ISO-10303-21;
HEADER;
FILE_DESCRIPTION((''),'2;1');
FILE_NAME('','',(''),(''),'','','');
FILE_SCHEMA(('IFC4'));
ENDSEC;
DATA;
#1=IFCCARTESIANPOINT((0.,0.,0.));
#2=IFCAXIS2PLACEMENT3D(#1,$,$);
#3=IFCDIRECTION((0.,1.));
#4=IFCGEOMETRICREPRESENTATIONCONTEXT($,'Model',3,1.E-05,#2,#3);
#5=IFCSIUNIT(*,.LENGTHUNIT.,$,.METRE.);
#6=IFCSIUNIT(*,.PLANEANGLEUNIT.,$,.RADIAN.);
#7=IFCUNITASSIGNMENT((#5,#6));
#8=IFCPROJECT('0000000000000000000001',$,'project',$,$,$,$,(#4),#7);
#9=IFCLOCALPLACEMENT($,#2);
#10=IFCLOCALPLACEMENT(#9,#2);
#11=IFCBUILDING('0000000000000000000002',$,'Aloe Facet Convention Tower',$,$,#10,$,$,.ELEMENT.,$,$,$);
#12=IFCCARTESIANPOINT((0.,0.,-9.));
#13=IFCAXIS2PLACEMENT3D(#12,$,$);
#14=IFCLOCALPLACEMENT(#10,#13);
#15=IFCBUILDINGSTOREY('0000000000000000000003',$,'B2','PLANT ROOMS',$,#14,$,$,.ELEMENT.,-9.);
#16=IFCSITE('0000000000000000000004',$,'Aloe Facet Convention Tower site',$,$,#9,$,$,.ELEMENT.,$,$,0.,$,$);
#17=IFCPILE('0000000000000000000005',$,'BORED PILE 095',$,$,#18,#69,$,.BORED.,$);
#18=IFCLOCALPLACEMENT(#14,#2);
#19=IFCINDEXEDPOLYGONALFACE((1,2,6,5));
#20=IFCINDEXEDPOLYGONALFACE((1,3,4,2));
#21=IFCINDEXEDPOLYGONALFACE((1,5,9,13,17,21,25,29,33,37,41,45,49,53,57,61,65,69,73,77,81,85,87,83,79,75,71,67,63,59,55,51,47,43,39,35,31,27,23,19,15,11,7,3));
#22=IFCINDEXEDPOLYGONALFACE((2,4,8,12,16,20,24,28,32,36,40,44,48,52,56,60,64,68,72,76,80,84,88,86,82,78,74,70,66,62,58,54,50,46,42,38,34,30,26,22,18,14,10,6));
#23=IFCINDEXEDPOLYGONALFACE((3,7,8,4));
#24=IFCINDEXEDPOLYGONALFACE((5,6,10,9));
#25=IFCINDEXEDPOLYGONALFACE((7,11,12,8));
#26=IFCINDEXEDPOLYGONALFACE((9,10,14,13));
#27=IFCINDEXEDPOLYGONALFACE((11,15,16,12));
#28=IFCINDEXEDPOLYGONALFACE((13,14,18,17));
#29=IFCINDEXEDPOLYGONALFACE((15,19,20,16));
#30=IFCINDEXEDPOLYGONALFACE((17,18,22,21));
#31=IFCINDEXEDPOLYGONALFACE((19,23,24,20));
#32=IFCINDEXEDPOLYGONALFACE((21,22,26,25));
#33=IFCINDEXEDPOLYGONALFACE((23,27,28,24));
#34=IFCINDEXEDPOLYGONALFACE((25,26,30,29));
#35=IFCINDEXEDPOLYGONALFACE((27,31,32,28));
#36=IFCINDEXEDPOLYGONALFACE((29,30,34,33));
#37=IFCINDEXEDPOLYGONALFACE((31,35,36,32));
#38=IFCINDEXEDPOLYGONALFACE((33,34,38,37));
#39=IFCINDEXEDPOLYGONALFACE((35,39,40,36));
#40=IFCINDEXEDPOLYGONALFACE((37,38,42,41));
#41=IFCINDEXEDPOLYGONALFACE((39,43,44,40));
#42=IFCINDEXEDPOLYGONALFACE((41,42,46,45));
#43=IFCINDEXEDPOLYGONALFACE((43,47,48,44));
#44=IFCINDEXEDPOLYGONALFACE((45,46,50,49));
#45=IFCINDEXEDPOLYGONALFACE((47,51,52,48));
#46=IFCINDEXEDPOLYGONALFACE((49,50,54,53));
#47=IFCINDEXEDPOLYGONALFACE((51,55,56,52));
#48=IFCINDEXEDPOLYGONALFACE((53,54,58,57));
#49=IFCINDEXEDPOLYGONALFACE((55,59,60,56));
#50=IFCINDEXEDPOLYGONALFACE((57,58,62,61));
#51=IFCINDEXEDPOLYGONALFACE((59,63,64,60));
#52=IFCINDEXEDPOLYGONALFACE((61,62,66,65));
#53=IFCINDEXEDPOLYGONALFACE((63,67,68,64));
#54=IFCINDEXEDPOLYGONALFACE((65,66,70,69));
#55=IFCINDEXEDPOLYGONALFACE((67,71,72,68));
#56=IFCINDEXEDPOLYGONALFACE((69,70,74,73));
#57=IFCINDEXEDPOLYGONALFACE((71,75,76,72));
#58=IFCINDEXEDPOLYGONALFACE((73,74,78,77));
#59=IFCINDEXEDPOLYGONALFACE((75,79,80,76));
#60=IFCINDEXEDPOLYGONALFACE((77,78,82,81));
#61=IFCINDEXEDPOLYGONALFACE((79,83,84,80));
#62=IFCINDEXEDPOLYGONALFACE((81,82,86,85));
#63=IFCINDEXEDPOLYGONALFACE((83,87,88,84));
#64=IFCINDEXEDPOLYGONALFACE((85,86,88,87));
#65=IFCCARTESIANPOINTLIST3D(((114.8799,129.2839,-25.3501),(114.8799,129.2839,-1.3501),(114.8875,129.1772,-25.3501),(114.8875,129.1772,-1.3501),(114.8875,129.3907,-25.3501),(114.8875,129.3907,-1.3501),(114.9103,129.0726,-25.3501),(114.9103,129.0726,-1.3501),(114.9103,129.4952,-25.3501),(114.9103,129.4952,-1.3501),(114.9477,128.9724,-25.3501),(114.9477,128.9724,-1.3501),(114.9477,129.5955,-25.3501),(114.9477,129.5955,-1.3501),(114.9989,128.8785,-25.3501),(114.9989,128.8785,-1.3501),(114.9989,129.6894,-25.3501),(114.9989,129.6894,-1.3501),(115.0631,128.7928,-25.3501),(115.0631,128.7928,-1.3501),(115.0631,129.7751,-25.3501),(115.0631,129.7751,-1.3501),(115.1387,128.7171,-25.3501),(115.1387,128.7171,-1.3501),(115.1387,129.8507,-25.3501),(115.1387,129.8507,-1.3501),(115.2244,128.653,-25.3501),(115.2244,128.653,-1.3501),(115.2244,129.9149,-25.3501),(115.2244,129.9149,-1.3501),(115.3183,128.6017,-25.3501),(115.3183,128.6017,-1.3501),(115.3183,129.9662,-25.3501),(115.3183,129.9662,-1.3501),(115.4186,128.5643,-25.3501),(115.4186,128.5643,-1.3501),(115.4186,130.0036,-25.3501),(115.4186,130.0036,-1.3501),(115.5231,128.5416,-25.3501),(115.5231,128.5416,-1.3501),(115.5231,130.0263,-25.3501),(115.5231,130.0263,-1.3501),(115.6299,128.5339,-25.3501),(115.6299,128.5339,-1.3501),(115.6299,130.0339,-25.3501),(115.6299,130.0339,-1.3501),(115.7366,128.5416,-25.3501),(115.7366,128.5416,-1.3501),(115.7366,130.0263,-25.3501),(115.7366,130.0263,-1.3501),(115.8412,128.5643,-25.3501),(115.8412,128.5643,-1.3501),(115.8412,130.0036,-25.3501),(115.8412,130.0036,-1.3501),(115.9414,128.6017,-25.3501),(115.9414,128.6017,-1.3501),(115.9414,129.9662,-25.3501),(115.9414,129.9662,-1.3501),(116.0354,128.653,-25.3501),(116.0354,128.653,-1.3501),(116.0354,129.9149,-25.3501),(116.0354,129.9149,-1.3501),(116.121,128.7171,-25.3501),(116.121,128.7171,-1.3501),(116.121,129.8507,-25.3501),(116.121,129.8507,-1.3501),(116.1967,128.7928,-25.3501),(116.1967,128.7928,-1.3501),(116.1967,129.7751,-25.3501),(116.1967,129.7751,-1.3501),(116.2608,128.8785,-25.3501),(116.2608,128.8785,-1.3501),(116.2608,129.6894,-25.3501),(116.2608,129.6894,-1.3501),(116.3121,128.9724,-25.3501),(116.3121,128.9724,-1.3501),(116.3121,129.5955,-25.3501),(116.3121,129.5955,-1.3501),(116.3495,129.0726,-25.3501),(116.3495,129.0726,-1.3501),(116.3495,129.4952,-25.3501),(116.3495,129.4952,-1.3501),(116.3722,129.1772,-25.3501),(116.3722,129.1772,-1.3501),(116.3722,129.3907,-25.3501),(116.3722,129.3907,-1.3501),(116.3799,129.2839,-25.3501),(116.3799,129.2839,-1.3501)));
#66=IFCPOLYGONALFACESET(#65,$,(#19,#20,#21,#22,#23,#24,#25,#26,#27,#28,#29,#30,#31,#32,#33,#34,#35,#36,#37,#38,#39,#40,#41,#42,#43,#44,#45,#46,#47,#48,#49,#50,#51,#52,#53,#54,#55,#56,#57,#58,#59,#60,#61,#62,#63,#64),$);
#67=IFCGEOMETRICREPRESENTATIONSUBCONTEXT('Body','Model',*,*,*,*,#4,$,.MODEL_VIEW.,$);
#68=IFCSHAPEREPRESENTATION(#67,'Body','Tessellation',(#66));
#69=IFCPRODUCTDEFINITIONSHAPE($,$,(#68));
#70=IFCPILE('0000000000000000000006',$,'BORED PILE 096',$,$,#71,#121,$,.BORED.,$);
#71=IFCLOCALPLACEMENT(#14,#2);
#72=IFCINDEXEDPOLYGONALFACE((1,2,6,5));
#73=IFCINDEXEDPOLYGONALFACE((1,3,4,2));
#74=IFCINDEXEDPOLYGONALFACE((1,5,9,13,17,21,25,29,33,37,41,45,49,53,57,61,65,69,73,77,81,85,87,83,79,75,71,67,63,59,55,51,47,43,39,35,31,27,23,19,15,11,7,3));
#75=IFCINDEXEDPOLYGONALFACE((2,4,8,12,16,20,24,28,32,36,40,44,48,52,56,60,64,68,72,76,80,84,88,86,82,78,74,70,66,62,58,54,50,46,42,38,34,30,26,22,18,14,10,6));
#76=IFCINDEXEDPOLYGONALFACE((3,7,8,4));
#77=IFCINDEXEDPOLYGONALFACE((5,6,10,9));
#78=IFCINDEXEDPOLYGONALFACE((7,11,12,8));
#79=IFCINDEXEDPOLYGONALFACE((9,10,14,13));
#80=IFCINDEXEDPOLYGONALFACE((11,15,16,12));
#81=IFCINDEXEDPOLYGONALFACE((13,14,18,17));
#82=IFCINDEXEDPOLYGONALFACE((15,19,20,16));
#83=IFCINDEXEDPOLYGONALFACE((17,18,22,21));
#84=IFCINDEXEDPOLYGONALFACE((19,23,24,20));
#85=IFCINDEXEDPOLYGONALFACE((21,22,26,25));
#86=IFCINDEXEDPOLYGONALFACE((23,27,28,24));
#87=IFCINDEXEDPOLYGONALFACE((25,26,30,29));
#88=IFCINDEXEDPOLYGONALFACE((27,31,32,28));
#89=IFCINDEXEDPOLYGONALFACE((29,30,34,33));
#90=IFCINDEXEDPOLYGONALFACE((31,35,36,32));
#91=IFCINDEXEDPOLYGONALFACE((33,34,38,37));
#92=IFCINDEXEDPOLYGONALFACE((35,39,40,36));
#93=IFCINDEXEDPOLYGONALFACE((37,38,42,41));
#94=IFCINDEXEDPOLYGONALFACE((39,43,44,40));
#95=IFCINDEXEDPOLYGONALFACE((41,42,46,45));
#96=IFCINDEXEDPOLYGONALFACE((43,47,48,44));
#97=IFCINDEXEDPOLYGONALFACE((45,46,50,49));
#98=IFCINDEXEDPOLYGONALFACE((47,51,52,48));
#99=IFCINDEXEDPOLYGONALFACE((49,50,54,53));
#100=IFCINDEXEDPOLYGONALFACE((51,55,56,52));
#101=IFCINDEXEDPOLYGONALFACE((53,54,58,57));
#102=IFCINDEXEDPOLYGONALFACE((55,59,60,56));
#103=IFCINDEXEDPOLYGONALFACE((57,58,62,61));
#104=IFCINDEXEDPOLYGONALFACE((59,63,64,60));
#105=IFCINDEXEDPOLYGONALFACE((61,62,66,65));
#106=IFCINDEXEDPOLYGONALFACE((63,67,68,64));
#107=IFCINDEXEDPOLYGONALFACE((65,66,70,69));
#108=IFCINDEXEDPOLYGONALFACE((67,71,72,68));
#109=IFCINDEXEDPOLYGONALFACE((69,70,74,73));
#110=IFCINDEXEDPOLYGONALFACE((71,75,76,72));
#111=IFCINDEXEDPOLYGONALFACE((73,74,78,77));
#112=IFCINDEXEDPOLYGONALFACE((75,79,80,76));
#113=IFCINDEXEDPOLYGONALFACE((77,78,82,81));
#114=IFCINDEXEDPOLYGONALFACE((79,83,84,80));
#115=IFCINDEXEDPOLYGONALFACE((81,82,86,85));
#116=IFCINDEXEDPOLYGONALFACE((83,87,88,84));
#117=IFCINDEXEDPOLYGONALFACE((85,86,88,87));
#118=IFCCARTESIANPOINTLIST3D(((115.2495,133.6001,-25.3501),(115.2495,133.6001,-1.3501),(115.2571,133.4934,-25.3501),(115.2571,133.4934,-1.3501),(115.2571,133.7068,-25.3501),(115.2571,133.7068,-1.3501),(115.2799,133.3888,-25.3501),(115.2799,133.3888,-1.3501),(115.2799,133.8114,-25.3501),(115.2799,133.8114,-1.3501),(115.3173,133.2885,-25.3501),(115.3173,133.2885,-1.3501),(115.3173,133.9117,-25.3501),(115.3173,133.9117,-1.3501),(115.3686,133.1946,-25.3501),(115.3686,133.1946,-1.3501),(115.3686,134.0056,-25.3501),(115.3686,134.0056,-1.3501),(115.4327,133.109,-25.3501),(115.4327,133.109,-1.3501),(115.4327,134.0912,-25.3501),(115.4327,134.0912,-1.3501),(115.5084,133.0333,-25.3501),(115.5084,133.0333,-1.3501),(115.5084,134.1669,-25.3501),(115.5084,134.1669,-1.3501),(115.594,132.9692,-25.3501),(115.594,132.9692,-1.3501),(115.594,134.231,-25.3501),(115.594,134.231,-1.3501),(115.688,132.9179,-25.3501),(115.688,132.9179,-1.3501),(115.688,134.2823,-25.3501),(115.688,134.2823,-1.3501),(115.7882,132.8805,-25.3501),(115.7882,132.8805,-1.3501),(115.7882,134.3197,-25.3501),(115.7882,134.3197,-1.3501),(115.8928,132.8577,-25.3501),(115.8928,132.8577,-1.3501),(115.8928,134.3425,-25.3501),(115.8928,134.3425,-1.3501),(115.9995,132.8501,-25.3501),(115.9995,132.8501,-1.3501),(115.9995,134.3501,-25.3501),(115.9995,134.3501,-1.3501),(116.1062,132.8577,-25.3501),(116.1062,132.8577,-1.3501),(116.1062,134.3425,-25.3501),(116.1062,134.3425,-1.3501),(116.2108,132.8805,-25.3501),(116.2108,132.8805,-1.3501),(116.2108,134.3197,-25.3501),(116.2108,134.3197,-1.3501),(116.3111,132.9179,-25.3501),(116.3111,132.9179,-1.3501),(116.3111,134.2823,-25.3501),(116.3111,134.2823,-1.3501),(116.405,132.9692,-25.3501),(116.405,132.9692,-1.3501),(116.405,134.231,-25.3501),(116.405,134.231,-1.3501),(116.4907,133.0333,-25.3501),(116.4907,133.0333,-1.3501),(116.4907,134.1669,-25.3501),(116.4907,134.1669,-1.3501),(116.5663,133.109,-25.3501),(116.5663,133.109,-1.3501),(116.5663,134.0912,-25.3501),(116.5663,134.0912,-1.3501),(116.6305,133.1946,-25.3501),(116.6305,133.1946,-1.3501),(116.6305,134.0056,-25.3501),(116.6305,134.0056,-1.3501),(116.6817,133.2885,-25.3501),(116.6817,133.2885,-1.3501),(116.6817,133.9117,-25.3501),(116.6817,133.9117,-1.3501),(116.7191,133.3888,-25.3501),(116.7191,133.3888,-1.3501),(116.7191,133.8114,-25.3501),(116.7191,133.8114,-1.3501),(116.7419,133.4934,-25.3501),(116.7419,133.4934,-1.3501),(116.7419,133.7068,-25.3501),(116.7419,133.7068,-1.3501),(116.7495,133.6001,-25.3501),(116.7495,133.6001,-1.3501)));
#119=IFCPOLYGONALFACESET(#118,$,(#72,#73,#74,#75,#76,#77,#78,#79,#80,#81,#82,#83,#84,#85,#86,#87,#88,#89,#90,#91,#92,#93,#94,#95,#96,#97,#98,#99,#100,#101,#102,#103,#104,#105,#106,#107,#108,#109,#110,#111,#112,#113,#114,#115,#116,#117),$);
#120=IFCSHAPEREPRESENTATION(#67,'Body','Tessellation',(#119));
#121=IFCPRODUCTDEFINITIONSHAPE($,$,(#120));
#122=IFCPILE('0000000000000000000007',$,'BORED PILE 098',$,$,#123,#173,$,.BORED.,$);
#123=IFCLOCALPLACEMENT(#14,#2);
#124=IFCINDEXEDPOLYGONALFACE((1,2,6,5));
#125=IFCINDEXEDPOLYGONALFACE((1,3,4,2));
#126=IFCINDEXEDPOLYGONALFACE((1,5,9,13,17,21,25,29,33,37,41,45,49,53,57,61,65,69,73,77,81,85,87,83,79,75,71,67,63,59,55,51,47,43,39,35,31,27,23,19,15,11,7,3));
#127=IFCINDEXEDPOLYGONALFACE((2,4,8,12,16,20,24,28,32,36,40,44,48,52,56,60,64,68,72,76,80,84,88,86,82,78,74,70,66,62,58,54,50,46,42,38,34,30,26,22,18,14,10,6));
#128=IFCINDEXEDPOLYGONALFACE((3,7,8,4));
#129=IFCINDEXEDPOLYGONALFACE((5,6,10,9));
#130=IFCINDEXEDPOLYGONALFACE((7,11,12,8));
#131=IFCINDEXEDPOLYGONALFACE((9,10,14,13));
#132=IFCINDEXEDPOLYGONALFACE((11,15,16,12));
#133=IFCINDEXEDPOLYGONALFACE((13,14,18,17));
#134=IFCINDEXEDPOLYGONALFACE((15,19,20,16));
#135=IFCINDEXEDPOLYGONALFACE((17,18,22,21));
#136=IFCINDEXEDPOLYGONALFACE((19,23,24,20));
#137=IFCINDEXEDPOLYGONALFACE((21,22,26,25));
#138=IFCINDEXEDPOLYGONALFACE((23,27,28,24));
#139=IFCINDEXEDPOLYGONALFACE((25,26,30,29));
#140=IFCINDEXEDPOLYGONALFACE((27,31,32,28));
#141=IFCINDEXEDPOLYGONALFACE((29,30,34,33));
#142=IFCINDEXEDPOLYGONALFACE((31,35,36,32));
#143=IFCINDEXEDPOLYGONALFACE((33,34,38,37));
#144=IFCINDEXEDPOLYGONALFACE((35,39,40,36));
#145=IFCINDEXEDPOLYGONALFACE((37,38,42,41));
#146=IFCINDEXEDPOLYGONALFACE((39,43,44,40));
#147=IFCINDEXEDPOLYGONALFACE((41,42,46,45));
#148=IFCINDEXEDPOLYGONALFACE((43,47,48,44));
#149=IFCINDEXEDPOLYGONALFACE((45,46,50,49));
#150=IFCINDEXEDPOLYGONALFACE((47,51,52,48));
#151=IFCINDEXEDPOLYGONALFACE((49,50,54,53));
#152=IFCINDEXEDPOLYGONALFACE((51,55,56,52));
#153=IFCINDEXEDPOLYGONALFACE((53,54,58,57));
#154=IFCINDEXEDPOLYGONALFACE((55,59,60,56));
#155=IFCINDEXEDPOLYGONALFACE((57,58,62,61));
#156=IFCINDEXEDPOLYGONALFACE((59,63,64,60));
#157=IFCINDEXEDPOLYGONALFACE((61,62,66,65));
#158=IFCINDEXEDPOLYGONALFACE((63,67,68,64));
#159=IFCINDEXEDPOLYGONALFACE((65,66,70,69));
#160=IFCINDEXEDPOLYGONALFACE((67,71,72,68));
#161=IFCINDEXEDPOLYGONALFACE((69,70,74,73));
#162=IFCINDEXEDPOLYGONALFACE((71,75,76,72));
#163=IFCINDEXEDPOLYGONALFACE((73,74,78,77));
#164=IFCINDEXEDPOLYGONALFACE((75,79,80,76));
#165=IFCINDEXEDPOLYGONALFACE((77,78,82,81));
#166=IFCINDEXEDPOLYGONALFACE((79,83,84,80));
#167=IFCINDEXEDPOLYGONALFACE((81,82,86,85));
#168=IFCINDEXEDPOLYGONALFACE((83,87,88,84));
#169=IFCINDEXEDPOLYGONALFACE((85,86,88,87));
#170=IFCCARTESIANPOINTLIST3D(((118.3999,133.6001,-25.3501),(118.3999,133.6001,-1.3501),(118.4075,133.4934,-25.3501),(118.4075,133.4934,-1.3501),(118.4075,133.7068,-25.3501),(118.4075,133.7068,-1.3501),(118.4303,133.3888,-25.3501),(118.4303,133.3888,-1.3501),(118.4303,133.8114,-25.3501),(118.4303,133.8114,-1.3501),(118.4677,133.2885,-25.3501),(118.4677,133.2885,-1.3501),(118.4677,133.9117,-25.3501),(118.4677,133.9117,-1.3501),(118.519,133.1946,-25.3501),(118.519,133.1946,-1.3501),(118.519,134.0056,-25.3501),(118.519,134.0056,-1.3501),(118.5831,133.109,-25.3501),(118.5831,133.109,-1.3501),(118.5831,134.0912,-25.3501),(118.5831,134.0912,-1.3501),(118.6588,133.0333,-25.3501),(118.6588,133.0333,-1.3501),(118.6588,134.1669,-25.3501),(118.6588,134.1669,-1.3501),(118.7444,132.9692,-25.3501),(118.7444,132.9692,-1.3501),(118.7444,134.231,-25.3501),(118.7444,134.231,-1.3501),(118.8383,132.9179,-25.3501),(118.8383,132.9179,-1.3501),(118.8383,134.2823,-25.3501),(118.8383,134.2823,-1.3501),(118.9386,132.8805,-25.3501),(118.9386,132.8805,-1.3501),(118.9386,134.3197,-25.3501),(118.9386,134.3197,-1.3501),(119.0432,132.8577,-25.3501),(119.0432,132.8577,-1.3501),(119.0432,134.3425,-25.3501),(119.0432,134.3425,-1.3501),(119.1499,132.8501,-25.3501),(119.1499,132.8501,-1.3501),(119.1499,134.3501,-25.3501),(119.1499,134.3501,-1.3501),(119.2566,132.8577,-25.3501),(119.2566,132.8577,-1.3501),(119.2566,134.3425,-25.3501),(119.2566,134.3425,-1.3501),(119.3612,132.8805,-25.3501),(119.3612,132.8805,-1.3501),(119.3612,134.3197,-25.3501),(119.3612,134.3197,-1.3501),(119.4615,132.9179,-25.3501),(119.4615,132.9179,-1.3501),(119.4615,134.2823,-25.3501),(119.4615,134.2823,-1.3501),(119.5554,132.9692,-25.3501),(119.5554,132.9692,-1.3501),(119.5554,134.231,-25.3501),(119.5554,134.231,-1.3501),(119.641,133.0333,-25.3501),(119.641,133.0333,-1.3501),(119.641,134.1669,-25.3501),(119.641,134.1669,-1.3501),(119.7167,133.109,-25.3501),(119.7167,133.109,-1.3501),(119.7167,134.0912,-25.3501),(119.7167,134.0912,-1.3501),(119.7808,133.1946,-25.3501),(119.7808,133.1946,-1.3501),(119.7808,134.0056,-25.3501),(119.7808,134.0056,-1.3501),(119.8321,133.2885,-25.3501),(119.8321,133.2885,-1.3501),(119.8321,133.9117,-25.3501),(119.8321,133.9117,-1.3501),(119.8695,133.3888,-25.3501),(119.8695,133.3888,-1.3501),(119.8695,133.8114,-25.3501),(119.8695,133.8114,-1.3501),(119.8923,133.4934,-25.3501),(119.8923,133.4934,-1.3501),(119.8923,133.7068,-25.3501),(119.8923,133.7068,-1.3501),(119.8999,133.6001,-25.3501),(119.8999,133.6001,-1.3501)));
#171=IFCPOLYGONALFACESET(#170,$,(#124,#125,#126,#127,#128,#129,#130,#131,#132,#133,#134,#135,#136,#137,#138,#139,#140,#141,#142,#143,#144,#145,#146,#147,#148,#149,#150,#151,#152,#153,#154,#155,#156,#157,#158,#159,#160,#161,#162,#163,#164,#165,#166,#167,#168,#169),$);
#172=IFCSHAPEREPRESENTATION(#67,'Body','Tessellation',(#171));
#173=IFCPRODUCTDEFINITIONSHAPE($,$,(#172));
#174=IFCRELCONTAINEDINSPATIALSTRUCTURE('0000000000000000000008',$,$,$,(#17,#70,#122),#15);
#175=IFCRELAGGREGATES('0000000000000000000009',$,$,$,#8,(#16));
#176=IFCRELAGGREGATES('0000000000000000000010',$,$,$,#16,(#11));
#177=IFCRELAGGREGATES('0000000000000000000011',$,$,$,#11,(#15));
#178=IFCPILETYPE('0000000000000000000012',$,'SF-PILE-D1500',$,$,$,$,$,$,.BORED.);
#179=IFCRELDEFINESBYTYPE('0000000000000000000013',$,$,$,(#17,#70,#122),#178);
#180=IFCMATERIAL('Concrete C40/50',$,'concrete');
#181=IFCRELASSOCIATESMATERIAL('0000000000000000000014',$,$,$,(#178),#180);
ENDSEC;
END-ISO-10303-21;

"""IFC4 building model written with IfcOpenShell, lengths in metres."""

from ifc_helpers import new_model, si_unit, direction, frame, origin, origin_2d, place, context, subcontext, project, spatial, circle, extrude, material, material_profile, profile_set, type_object, element, save


model = new_model("IFC4")

# Units and contexts
model_context = context("Model", 3, precision=1e-05, world=origin(), true_north=direction((0.0, 1.0)))
body_context = subcontext(model_context, "Body", "Model", "MODEL_VIEW")
ifc_project = project(units=[si_unit("LENGTHUNIT", "METRE"), si_unit("PLANEANGLEUNIT", "RADIAN")], contexts=[model_context])

# Site, building, storey
site_placement = place(None, origin())
site = spatial("IfcSite", under=ifc_project, at=site_placement, Name="Aloe Facet Convention Tower site", CompositionType="ELEMENT", RefElevation=0.0)
building_placement = place(site_placement, origin())
building = spatial("IfcBuilding", under=site, at=building_placement, Name="Aloe Facet Convention Tower", CompositionType="ELEMENT")
storey_placement = place(building_placement, frame((0.0, 0.0, -9.0)))
storey = spatial("IfcBuildingStorey", under=building, at=storey_placement, Name="B2", Description="PLANT ROOMS", CompositionType="ELEMENT", Elevation=-9.0)

# Piles
ifc_material_1 = material(Name="Concrete C40/50", Category="concrete")
ifc_material_profile_1 = material_profile(ifc_material_1, circle(Radius=0.75, at=origin_2d()), Name="D1500")
ifc_profile_set_1 = profile_set([ifc_material_profile_1], Name="Concrete C40/50")
pile_type = type_object("IfcPileType", Name="SF-PILE-D1500", PredefinedType="BORED", material=ifc_profile_set_1)
for number, where, z_axis, x_axis, name in (
    (1, (115.6299, 129.2839, -1.3501), (0.0, 0.0, -1.0), (1.0, 0.0, 0.0), "BORED PILE 095"),
    (2, (115.9995, 133.6001, -1.3501), (0.0, 0.0, -1.0), (1.0, 0.0, 0.0), "BORED PILE 096"),
    (3, (119.1499, 133.6001, -1.3501), (0.0, 0.0, -1.0), (1.0, 0.0, 0.0), "BORED PILE 098"),
):
    element("IfcPile", number, at=place(storey_placement, frame(where, z_axis=z_axis, x_axis=x_axis)), inside=storey, type_object=pile_type, Name=name, PredefinedType="BORED", context=body_context, shape_type="SweptSolid", body=[
        extrude(circle(Radius=0.75, at=origin_2d()), origin(), (0.0, 0.0, 1.0), 24.0),
    ])

save(model, "model.ifc")
